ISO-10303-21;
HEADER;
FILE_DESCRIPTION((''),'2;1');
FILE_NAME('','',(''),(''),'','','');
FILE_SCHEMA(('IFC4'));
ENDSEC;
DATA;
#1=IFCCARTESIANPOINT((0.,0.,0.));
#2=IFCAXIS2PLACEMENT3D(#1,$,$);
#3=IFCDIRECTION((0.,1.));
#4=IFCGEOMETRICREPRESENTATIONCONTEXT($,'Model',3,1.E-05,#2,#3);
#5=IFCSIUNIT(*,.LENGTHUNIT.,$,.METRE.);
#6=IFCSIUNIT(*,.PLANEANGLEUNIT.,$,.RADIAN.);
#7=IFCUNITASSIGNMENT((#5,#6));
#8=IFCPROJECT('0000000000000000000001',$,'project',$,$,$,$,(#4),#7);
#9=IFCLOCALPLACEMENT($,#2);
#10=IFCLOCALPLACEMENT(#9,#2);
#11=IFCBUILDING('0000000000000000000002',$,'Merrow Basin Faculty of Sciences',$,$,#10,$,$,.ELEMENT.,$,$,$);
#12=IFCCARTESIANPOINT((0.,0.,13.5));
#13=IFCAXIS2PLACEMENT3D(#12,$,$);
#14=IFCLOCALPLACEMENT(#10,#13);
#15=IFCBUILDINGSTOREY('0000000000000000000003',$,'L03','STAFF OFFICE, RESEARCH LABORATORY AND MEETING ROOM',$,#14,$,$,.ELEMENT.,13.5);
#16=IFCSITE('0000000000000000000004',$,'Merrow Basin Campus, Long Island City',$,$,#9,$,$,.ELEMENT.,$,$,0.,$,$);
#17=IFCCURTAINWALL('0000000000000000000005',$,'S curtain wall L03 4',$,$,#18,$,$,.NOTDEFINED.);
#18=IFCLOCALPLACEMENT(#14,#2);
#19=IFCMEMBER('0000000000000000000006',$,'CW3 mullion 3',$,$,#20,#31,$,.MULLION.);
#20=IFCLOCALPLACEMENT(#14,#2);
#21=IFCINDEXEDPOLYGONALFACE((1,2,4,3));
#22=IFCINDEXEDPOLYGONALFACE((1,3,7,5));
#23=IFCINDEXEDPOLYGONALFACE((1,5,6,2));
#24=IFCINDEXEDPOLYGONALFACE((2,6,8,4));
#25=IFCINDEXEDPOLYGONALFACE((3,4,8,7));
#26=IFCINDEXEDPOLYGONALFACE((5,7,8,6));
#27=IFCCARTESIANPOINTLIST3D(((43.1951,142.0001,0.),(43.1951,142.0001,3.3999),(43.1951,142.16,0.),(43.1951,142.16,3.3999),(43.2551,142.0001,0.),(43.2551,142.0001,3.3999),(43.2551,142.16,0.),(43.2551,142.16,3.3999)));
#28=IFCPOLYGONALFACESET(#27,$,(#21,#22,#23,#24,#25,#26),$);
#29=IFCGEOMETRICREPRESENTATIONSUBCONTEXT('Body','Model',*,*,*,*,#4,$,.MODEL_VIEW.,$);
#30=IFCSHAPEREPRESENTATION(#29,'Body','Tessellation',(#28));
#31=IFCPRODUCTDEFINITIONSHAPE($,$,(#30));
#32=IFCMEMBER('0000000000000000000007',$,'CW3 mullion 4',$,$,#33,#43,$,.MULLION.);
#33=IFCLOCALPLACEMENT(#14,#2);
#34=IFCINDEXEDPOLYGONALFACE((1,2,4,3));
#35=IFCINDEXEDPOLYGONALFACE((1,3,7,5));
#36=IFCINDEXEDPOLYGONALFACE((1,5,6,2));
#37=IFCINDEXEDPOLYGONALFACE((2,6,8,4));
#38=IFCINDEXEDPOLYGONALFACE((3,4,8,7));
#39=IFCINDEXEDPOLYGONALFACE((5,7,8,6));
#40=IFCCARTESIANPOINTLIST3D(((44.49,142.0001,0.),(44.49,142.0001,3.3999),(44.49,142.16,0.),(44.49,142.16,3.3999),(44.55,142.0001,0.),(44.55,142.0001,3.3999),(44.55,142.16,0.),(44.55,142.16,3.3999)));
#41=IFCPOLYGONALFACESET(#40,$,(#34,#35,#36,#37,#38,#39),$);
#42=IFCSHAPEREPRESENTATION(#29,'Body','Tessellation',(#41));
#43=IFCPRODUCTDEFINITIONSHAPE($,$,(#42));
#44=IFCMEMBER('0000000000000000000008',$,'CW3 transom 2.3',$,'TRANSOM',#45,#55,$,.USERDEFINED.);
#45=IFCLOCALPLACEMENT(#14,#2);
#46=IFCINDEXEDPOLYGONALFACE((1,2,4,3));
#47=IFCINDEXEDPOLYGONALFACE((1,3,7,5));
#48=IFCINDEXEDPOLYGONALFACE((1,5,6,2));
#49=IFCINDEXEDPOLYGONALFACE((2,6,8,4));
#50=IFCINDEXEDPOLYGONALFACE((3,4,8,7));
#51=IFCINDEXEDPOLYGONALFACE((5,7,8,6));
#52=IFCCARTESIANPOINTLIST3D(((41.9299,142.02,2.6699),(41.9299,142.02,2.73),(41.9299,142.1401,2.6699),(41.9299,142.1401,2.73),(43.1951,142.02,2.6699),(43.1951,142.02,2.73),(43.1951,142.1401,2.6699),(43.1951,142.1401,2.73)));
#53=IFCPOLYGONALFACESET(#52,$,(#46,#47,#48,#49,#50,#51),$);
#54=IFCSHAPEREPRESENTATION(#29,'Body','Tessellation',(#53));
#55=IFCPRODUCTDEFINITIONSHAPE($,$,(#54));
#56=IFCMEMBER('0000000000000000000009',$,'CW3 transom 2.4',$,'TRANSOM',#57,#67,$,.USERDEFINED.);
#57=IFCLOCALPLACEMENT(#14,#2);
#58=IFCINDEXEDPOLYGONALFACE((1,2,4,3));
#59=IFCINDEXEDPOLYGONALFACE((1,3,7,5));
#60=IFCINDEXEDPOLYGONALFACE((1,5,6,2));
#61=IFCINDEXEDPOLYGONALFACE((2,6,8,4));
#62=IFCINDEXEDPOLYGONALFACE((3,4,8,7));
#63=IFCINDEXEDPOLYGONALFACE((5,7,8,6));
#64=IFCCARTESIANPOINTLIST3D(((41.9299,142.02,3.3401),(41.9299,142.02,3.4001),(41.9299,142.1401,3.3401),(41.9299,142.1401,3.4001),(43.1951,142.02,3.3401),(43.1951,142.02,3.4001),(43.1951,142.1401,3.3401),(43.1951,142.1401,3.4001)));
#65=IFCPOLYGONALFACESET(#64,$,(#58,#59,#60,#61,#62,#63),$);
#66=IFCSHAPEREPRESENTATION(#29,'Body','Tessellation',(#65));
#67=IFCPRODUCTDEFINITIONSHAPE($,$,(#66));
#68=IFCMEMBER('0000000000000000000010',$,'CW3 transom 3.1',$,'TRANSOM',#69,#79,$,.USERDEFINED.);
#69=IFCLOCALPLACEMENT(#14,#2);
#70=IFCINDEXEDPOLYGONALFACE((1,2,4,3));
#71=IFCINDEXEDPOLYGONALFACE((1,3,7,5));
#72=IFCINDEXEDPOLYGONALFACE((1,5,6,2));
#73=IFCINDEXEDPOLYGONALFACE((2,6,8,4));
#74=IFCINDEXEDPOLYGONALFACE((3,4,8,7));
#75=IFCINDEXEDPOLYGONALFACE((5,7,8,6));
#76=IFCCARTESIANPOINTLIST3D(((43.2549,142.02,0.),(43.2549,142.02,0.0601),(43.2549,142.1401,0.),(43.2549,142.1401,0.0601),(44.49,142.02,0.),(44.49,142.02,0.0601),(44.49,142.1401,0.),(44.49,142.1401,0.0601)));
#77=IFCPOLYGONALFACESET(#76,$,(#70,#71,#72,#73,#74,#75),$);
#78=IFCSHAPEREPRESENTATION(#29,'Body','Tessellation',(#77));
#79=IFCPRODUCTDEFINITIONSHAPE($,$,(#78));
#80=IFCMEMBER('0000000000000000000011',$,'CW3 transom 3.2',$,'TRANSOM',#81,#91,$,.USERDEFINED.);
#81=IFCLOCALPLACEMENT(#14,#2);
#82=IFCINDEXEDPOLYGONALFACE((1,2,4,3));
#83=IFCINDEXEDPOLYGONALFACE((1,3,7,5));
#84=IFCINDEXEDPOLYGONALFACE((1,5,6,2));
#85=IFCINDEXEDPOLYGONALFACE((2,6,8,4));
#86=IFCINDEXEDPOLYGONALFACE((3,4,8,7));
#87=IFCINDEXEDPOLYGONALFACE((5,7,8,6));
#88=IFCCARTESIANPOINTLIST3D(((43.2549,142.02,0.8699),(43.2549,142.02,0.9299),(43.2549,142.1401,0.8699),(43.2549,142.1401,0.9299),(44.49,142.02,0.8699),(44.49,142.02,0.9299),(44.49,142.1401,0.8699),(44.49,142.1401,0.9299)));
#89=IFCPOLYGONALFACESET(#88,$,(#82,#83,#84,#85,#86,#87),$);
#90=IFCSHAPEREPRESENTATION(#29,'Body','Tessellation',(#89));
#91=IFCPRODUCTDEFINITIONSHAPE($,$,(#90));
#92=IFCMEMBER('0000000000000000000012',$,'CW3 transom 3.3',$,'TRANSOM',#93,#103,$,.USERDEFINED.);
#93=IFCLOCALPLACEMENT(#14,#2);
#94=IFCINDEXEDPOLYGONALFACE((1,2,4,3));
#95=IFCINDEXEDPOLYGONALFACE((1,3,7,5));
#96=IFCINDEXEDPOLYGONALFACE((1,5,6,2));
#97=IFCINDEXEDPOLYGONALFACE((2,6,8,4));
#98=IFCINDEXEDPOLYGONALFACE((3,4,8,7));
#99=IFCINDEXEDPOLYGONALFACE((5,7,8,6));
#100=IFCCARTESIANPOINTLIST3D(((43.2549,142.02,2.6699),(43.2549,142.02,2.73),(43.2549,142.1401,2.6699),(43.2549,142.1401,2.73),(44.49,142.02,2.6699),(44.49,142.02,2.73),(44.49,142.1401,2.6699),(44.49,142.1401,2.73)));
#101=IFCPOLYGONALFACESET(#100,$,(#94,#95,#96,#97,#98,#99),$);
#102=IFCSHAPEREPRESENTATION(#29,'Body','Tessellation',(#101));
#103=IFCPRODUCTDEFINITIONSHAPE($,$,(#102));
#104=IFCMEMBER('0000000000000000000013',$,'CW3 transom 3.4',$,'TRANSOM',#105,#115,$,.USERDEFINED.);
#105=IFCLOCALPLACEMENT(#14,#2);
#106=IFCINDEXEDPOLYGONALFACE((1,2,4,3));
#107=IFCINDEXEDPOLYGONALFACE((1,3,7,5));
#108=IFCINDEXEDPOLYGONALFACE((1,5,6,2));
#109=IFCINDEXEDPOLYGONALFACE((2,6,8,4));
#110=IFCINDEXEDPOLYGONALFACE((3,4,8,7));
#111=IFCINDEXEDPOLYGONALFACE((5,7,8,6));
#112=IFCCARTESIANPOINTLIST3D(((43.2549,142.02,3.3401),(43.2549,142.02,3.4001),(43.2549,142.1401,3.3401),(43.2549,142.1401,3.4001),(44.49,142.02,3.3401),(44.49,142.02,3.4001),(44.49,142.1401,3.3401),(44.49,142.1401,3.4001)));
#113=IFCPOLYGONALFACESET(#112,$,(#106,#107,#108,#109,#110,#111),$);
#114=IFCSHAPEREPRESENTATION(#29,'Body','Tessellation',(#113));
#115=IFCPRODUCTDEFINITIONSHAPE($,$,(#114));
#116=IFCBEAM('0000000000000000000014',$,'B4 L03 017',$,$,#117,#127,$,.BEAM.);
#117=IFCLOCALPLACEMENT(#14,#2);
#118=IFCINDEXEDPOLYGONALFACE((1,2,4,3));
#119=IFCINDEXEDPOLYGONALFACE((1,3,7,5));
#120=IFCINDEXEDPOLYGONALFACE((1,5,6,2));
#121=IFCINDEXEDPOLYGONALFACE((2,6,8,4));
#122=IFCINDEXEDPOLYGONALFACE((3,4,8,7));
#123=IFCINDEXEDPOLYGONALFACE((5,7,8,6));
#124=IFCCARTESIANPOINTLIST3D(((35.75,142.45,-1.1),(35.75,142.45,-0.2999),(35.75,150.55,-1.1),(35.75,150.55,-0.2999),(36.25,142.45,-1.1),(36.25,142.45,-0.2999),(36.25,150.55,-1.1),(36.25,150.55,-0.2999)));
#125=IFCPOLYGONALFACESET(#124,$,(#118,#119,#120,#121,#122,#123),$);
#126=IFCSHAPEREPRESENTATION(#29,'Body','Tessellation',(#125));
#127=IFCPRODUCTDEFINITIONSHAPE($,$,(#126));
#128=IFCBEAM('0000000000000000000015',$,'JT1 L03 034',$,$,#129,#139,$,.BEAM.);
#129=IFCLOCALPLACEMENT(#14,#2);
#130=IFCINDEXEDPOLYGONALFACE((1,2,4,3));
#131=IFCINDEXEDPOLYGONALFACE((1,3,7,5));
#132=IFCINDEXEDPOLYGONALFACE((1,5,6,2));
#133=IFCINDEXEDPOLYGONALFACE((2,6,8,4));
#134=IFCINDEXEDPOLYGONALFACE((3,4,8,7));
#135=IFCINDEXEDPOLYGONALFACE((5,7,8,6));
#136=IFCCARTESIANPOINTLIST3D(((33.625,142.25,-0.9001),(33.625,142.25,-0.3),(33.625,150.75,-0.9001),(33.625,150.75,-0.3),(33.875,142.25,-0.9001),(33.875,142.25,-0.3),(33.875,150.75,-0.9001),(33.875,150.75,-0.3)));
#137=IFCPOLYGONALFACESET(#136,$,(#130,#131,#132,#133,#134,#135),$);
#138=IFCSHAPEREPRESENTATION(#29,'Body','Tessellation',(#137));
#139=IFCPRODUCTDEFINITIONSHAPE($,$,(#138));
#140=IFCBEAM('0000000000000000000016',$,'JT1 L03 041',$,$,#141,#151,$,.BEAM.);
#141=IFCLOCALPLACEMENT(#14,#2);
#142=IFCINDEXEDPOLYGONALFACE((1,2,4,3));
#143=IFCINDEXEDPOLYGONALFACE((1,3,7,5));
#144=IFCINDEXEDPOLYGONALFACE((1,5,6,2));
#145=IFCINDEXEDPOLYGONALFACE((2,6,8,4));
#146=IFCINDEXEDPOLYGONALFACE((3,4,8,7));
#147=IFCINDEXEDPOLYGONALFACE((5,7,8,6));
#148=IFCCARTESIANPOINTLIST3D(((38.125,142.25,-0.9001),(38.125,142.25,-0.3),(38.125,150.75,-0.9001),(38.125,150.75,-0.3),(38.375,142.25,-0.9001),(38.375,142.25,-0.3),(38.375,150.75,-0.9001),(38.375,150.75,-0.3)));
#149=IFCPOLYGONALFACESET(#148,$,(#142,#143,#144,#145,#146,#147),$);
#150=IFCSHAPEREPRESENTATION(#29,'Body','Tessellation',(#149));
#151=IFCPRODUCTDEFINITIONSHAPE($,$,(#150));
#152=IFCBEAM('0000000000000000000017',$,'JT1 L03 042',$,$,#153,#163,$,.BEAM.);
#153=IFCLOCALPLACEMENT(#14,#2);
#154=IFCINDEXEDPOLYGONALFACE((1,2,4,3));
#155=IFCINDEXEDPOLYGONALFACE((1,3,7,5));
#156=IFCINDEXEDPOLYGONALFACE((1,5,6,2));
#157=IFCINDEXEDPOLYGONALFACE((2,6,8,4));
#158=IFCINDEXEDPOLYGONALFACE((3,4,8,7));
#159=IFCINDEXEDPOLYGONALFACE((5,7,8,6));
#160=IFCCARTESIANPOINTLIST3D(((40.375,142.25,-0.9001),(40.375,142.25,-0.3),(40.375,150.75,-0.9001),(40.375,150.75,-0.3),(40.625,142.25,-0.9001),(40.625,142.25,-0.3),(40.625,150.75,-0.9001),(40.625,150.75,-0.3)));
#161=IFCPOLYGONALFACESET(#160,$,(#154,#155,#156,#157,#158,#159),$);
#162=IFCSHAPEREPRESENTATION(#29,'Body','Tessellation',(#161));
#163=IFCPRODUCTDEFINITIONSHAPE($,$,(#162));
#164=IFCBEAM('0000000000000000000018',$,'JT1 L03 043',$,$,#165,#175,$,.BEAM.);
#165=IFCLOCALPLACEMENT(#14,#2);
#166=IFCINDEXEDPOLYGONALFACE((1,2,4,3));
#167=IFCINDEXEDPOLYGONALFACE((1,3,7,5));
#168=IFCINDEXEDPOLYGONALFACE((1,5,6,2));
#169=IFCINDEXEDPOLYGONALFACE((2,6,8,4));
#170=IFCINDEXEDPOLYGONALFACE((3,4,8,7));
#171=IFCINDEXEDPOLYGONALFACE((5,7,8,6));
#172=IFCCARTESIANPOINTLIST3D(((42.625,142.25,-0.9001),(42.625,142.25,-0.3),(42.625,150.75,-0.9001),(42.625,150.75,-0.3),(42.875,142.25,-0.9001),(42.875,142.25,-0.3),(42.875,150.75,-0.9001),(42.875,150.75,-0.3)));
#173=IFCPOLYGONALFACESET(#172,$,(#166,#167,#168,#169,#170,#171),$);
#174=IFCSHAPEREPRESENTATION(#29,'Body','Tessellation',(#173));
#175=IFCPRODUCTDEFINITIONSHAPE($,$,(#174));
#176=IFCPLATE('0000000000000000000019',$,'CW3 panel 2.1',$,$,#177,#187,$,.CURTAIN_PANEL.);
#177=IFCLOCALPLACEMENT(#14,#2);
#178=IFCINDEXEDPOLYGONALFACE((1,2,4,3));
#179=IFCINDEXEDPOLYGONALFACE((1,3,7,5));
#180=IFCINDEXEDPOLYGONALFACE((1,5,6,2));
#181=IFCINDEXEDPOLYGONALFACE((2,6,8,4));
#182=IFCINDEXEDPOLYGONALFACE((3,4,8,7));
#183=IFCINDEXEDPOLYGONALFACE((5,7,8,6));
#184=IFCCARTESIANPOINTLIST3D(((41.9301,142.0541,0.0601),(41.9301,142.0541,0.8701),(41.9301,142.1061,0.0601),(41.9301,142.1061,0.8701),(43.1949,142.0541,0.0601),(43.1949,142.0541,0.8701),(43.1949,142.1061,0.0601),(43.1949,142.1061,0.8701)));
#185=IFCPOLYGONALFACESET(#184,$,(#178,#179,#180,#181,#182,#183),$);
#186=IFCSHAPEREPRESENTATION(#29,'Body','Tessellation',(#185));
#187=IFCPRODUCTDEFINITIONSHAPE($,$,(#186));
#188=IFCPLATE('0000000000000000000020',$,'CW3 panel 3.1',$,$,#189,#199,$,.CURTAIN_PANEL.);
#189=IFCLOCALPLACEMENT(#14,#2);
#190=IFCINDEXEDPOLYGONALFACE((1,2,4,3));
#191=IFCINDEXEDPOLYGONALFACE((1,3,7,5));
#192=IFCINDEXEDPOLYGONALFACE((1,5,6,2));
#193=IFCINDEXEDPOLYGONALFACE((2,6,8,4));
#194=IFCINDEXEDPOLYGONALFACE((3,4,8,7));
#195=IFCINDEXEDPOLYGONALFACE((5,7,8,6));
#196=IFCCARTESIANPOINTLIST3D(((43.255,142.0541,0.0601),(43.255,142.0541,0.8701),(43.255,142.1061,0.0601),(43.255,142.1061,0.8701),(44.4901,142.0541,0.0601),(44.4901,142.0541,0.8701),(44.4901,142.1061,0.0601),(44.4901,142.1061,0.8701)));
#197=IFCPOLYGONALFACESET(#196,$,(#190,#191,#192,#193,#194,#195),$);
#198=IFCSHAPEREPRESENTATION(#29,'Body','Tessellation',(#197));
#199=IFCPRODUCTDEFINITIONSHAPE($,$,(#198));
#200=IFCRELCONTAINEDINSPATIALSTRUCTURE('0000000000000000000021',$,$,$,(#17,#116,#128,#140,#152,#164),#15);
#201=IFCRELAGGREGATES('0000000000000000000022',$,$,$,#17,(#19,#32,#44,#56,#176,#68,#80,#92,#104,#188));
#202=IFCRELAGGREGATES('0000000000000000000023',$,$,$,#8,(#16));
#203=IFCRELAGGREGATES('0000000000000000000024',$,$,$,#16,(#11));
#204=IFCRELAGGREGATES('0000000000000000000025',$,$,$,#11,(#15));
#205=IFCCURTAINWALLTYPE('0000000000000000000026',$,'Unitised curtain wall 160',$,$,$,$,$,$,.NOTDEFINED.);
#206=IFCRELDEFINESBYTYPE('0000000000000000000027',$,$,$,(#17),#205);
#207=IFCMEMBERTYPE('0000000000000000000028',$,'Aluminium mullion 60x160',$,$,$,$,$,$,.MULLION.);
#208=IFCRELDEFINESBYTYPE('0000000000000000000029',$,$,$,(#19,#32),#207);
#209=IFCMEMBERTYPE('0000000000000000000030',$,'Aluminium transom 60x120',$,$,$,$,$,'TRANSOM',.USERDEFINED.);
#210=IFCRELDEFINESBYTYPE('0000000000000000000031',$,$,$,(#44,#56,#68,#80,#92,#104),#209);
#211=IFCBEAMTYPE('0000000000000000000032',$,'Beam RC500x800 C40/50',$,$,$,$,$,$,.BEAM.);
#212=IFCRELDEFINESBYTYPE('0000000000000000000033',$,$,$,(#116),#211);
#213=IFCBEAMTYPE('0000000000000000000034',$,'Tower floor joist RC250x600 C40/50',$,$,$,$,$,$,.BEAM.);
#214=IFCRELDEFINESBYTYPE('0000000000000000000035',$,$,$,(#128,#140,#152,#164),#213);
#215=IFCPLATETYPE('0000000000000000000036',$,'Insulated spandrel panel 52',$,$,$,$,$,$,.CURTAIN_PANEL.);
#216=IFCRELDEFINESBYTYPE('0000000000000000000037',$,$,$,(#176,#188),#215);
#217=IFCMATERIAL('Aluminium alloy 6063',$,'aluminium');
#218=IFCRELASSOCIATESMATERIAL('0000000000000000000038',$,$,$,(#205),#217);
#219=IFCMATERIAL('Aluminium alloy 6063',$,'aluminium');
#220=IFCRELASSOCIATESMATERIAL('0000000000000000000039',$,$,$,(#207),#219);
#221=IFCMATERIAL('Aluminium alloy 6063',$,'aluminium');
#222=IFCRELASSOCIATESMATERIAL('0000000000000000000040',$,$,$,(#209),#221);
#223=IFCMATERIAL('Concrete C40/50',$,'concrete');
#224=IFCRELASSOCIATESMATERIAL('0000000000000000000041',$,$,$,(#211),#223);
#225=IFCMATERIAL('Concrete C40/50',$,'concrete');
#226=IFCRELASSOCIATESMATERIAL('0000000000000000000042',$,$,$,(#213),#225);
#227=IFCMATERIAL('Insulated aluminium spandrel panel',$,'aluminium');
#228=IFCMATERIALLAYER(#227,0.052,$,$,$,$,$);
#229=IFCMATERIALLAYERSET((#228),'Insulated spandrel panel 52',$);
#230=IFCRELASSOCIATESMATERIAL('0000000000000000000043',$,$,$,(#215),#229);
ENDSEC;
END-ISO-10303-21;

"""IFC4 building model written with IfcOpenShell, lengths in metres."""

from ifc_helpers import new_model, si_unit, direction, frame, origin, origin_2d, place, context, subcontext, project, spatial, rectangle, extrude, material, layer, layer_set, material_profile, profile_set, type_object, element, aggregate, save


model = new_model("IFC4")

# Units and contexts
model_context = context("Model", 3, precision=1e-05, world=origin(), true_north=direction((0.0, 1.0)))
body_context = subcontext(model_context, "Body", "Model", "MODEL_VIEW")
ifc_project = project(units=[si_unit("LENGTHUNIT", "METRE"), si_unit("PLANEANGLEUNIT", "RADIAN")], contexts=[model_context])

# Site, building, storey
site_placement = place(None, origin())
site = spatial("IfcSite", under=ifc_project, at=site_placement, Name="Merrow Basin Campus, Long Island City", CompositionType="ELEMENT", RefElevation=0.0)
building_placement = place(site_placement, origin())
building = spatial("IfcBuilding", under=site, at=building_placement, Name="Merrow Basin Faculty of Sciences", CompositionType="ELEMENT")
storey_placement = place(building_placement, frame((0.0, 0.0, 13.5)))
storey = spatial("IfcBuildingStorey", under=building, at=storey_placement, Name="L03", Description="STAFF OFFICE, RESEARCH LABORATORY AND MEETING ROOM", CompositionType="ELEMENT", Elevation=13.5)

# Curtain wall, members
ifc_material_1 = material(Name="Aluminium alloy 6063", Category="aluminium")
curtain_wall_type = type_object("IfcCurtainWallType", Name="Unitised curtain wall 160", PredefinedType="NOTDEFINED", material=ifc_material_1)
curtain_wall_placement = place(storey_placement, origin())
curtain_wall = element("IfcCurtainWall", 1, at=curtain_wall_placement, inside=storey, type_object=curtain_wall_type, Name="S curtain wall L03 4", PredefinedType="NOTDEFINED")
ifc_material_2 = material(Name="Aluminium alloy 6063", Category="aluminium")
ifc_material_profile_1 = material_profile(ifc_material_2, rectangle(XDim=0.1599, YDim=0.0601, at=origin_2d()))
ifc_profile_set_1 = profile_set([ifc_material_profile_1], Name="Aluminium alloy 6063")
member_type_1 = type_object("IfcMemberType", Name="Aluminium mullion 60x160", PredefinedType="MULLION", material=ifc_profile_set_1)
member_1_placement = place(storey_placement, frame((43.2251, 142.0801, 0.0), z_axis=(0.0, 0.0, 1.0), x_axis=(0.0, 1.0, 0.0)))
member_1 = element("IfcMember", 2, at=member_1_placement, type_object=member_type_1, Name="CW3 mullion 3", PredefinedType="MULLION", context=body_context, shape_type="SweptSolid", body=[
    extrude(rectangle(XDim=0.1599, YDim=0.0601, at=origin_2d()), origin(), (0.0, 0.0, 1.0), 3.3999),
])
member_2_placement = place(storey_placement, frame((44.52, 142.0801, 0.0), z_axis=(0.0, 0.0, 1.0), x_axis=(0.0, 1.0, 0.0)))
member_2 = element("IfcMember", 3, at=member_2_placement, type_object=member_type_1, Name="CW3 mullion 4", PredefinedType="MULLION", context=body_context, shape_type="SweptSolid", body=[
    extrude(rectangle(XDim=0.1599, YDim=0.0601, at=origin_2d()), origin(), (0.0, 0.0, 1.0), 3.3999),
])
ifc_material_3 = material(Name="Aluminium alloy 6063", Category="aluminium")
ifc_material_profile_2 = material_profile(ifc_material_3, rectangle(XDim=0.1201, YDim=0.0601, at=origin_2d()))
ifc_profile_set_2 = profile_set([ifc_material_profile_2], Name="Aluminium alloy 6063")
member_type_2 = type_object("IfcMemberType", Name="Aluminium transom 60x120", ElementType="TRANSOM", PredefinedType="USERDEFINED", material=ifc_profile_set_2)
member_3_placement = place(storey_placement, frame((41.9299, 142.0801, 2.7), z_axis=(1.0, 0.0, 0.0), x_axis=(0.0, 1.0, 0.0)))
member_3 = element("IfcMember", 4, at=member_3_placement, type_object=member_type_2, Name="CW3 transom 2.3", ObjectType="TRANSOM", PredefinedType="USERDEFINED", context=body_context, shape_type="SweptSolid", body=[
    extrude(rectangle(XDim=0.1201, YDim=0.0601, at=origin_2d()), origin(), (0.0, 0.0, 1.0), 1.2651),
])
member_4_placement = place(storey_placement, frame((41.9299, 142.0801, 3.3701), z_axis=(1.0, 0.0, 0.0), x_axis=(0.0, 1.0, 0.0)))
member_4 = element("IfcMember", 5, at=member_4_placement, type_object=member_type_2, Name="CW3 transom 2.4", ObjectType="TRANSOM", PredefinedType="USERDEFINED", context=body_context, shape_type="SweptSolid", body=[
    extrude(rectangle(XDim=0.1201, YDim=0.0601, at=origin_2d()), origin(), (0.0, 0.0, 1.0), 1.2651),
])
member_5_placement = place(storey_placement, frame((43.2549, 142.0801, 0.03), z_axis=(1.0, 0.0, 0.0), x_axis=(0.0, 1.0, 0.0)))
member_5 = element("IfcMember", 6, at=member_5_placement, type_object=member_type_2, Name="CW3 transom 3.1", ObjectType="TRANSOM", PredefinedType="USERDEFINED", context=body_context, shape_type="SweptSolid", body=[
    extrude(rectangle(XDim=0.1201, YDim=0.0601, at=origin_2d()), origin(), (0.0, 0.0, 1.0), 1.2351),
])
member_6_placement = place(storey_placement, frame((43.2549, 142.0801, 0.8999), z_axis=(1.0, 0.0, 0.0), x_axis=(0.0, 1.0, 0.0)))
member_6 = element("IfcMember", 7, at=member_6_placement, type_object=member_type_2, Name="CW3 transom 3.2", ObjectType="TRANSOM", PredefinedType="USERDEFINED", context=body_context, shape_type="SweptSolid", body=[
    extrude(rectangle(XDim=0.1201, YDim=0.0601, at=origin_2d()), origin(), (0.0, 0.0, 1.0), 1.2351),
])
member_7_placement = place(storey_placement, frame((43.2549, 142.0801, 2.7), z_axis=(1.0, 0.0, 0.0), x_axis=(0.0, 1.0, 0.0)))
member_7 = element("IfcMember", 8, at=member_7_placement, type_object=member_type_2, Name="CW3 transom 3.3", ObjectType="TRANSOM", PredefinedType="USERDEFINED", context=body_context, shape_type="SweptSolid", body=[
    extrude(rectangle(XDim=0.1201, YDim=0.0601, at=origin_2d()), origin(), (0.0, 0.0, 1.0), 1.2351),
])
member_8_placement = place(storey_placement, frame((43.2549, 142.0801, 3.3701), z_axis=(1.0, 0.0, 0.0), x_axis=(0.0, 1.0, 0.0)))
member_8 = element("IfcMember", 9, at=member_8_placement, type_object=member_type_2, Name="CW3 transom 3.4", ObjectType="TRANSOM", PredefinedType="USERDEFINED", context=body_context, shape_type="SweptSolid", body=[
    extrude(rectangle(XDim=0.1201, YDim=0.0601, at=origin_2d()), origin(), (0.0, 0.0, 1.0), 1.2351),
])

# Beams
ifc_material_4 = material(Name="Concrete C40/50", Category="concrete")
ifc_material_profile_3 = material_profile(ifc_material_4, rectangle(XDim=0.5, YDim=0.8, at=origin_2d()))
ifc_profile_set_3 = profile_set([ifc_material_profile_3], Name="Concrete C40/50")
beam_type_1 = type_object("IfcBeamType", Name="Beam RC500x800 C40/50", PredefinedType="BEAM", material=ifc_profile_set_3)
beam_placement = place(storey_placement, frame((36.0, 142.45, -0.7), z_axis=(0.0, 1.0, 0.0), x_axis=(-1.0, 0.0, 0.0)))
element("IfcBeam", 10, at=beam_placement, inside=storey, type_object=beam_type_1, Name="B4 L03 017", PredefinedType="BEAM", context=body_context, shape_type="SweptSolid", body=[
    extrude(rectangle(XDim=0.5, YDim=0.8, at=origin_2d()), origin(), (0.0, 0.0, 1.0), 8.1001),
])
ifc_material_5 = material(Name="Concrete C40/50", Category="concrete")
ifc_material_profile_4 = material_profile(ifc_material_5, rectangle(XDim=0.25, YDim=0.6001, at=origin_2d()))
ifc_profile_set_4 = profile_set([ifc_material_profile_4], Name="Concrete C40/50")
beam_type_2 = type_object("IfcBeamType", Name="Tower floor joist RC250x600 C40/50", PredefinedType="BEAM", material=ifc_profile_set_4)
for number, where, z_axis, x_axis, name in (
    (11, (33.75, 142.25, -0.6001), (0.0, 1.0, 0.0), (-1.0, 0.0, 0.0), "JT1 L03 034"),
    (12, (38.25, 142.25, -0.6001), (0.0, 1.0, 0.0), (-1.0, 0.0, 0.0), "JT1 L03 041"),
    (13, (40.5, 142.25, -0.6001), (0.0, 1.0, 0.0), (-1.0, 0.0, 0.0), "JT1 L03 042"),
    (14, (42.75, 142.25, -0.6001), (0.0, 1.0, 0.0), (-1.0, 0.0, 0.0), "JT1 L03 043"),
):
    element("IfcBeam", number, at=place(storey_placement, frame(where, z_axis=z_axis, x_axis=x_axis)), inside=storey, type_object=beam_type_2, Name=name, PredefinedType="BEAM", context=body_context, shape_type="SweptSolid", body=[
        extrude(rectangle(XDim=0.25, YDim=0.6001, at=origin_2d()), origin(), (0.0, 0.0, 1.0), 8.5),
    ])

# Plates
ifc_material_6 = material(Name="Insulated aluminium spandrel panel", Category="aluminium")
ifc_layer_1 = layer(ifc_material_6, 0.052)
ifc_layer_set_1 = layer_set([ifc_layer_1], Name="Insulated spandrel panel 52")
plate_type_1 = type_object("IfcPlateType", Name="Insulated spandrel panel 52", PredefinedType="CURTAIN_PANEL", material=ifc_layer_set_1)
plate_1_placement = place(storey_placement, frame((42.5625, 142.0801, 0.0601), z_axis=(0.0, 0.0, 1.0), x_axis=(1.0, 0.0, 0.0)))
plate_1 = element("IfcPlate", 15, at=plate_1_placement, type_object=plate_type_1, Name="CW3 panel 2.1", PredefinedType="CURTAIN_PANEL", context=body_context, shape_type="SweptSolid", body=[
    extrude(rectangle(XDim=1.2649, YDim=0.052, at=origin_2d()), origin(), (0.0, 0.0, 1.0), 0.8101),
])
plate_2_placement = place(storey_placement, frame((43.8726, 142.0801, 0.0601), z_axis=(0.0, 0.0, 1.0), x_axis=(1.0, 0.0, 0.0)))
plate_2 = element("IfcPlate", 16, at=plate_2_placement, type_object=plate_type_1, Name="CW3 panel 3.1", PredefinedType="CURTAIN_PANEL", context=body_context, shape_type="SweptSolid", body=[
    extrude(rectangle(XDim=1.2351, YDim=0.052, at=origin_2d()), origin(), (0.0, 0.0, 1.0), 0.8101),
])
aggregate(curtain_wall, [member_1, member_2, member_3, member_4, plate_1, member_5, member_6, member_7, member_8, plate_2])

save(model, "model.ifc")
